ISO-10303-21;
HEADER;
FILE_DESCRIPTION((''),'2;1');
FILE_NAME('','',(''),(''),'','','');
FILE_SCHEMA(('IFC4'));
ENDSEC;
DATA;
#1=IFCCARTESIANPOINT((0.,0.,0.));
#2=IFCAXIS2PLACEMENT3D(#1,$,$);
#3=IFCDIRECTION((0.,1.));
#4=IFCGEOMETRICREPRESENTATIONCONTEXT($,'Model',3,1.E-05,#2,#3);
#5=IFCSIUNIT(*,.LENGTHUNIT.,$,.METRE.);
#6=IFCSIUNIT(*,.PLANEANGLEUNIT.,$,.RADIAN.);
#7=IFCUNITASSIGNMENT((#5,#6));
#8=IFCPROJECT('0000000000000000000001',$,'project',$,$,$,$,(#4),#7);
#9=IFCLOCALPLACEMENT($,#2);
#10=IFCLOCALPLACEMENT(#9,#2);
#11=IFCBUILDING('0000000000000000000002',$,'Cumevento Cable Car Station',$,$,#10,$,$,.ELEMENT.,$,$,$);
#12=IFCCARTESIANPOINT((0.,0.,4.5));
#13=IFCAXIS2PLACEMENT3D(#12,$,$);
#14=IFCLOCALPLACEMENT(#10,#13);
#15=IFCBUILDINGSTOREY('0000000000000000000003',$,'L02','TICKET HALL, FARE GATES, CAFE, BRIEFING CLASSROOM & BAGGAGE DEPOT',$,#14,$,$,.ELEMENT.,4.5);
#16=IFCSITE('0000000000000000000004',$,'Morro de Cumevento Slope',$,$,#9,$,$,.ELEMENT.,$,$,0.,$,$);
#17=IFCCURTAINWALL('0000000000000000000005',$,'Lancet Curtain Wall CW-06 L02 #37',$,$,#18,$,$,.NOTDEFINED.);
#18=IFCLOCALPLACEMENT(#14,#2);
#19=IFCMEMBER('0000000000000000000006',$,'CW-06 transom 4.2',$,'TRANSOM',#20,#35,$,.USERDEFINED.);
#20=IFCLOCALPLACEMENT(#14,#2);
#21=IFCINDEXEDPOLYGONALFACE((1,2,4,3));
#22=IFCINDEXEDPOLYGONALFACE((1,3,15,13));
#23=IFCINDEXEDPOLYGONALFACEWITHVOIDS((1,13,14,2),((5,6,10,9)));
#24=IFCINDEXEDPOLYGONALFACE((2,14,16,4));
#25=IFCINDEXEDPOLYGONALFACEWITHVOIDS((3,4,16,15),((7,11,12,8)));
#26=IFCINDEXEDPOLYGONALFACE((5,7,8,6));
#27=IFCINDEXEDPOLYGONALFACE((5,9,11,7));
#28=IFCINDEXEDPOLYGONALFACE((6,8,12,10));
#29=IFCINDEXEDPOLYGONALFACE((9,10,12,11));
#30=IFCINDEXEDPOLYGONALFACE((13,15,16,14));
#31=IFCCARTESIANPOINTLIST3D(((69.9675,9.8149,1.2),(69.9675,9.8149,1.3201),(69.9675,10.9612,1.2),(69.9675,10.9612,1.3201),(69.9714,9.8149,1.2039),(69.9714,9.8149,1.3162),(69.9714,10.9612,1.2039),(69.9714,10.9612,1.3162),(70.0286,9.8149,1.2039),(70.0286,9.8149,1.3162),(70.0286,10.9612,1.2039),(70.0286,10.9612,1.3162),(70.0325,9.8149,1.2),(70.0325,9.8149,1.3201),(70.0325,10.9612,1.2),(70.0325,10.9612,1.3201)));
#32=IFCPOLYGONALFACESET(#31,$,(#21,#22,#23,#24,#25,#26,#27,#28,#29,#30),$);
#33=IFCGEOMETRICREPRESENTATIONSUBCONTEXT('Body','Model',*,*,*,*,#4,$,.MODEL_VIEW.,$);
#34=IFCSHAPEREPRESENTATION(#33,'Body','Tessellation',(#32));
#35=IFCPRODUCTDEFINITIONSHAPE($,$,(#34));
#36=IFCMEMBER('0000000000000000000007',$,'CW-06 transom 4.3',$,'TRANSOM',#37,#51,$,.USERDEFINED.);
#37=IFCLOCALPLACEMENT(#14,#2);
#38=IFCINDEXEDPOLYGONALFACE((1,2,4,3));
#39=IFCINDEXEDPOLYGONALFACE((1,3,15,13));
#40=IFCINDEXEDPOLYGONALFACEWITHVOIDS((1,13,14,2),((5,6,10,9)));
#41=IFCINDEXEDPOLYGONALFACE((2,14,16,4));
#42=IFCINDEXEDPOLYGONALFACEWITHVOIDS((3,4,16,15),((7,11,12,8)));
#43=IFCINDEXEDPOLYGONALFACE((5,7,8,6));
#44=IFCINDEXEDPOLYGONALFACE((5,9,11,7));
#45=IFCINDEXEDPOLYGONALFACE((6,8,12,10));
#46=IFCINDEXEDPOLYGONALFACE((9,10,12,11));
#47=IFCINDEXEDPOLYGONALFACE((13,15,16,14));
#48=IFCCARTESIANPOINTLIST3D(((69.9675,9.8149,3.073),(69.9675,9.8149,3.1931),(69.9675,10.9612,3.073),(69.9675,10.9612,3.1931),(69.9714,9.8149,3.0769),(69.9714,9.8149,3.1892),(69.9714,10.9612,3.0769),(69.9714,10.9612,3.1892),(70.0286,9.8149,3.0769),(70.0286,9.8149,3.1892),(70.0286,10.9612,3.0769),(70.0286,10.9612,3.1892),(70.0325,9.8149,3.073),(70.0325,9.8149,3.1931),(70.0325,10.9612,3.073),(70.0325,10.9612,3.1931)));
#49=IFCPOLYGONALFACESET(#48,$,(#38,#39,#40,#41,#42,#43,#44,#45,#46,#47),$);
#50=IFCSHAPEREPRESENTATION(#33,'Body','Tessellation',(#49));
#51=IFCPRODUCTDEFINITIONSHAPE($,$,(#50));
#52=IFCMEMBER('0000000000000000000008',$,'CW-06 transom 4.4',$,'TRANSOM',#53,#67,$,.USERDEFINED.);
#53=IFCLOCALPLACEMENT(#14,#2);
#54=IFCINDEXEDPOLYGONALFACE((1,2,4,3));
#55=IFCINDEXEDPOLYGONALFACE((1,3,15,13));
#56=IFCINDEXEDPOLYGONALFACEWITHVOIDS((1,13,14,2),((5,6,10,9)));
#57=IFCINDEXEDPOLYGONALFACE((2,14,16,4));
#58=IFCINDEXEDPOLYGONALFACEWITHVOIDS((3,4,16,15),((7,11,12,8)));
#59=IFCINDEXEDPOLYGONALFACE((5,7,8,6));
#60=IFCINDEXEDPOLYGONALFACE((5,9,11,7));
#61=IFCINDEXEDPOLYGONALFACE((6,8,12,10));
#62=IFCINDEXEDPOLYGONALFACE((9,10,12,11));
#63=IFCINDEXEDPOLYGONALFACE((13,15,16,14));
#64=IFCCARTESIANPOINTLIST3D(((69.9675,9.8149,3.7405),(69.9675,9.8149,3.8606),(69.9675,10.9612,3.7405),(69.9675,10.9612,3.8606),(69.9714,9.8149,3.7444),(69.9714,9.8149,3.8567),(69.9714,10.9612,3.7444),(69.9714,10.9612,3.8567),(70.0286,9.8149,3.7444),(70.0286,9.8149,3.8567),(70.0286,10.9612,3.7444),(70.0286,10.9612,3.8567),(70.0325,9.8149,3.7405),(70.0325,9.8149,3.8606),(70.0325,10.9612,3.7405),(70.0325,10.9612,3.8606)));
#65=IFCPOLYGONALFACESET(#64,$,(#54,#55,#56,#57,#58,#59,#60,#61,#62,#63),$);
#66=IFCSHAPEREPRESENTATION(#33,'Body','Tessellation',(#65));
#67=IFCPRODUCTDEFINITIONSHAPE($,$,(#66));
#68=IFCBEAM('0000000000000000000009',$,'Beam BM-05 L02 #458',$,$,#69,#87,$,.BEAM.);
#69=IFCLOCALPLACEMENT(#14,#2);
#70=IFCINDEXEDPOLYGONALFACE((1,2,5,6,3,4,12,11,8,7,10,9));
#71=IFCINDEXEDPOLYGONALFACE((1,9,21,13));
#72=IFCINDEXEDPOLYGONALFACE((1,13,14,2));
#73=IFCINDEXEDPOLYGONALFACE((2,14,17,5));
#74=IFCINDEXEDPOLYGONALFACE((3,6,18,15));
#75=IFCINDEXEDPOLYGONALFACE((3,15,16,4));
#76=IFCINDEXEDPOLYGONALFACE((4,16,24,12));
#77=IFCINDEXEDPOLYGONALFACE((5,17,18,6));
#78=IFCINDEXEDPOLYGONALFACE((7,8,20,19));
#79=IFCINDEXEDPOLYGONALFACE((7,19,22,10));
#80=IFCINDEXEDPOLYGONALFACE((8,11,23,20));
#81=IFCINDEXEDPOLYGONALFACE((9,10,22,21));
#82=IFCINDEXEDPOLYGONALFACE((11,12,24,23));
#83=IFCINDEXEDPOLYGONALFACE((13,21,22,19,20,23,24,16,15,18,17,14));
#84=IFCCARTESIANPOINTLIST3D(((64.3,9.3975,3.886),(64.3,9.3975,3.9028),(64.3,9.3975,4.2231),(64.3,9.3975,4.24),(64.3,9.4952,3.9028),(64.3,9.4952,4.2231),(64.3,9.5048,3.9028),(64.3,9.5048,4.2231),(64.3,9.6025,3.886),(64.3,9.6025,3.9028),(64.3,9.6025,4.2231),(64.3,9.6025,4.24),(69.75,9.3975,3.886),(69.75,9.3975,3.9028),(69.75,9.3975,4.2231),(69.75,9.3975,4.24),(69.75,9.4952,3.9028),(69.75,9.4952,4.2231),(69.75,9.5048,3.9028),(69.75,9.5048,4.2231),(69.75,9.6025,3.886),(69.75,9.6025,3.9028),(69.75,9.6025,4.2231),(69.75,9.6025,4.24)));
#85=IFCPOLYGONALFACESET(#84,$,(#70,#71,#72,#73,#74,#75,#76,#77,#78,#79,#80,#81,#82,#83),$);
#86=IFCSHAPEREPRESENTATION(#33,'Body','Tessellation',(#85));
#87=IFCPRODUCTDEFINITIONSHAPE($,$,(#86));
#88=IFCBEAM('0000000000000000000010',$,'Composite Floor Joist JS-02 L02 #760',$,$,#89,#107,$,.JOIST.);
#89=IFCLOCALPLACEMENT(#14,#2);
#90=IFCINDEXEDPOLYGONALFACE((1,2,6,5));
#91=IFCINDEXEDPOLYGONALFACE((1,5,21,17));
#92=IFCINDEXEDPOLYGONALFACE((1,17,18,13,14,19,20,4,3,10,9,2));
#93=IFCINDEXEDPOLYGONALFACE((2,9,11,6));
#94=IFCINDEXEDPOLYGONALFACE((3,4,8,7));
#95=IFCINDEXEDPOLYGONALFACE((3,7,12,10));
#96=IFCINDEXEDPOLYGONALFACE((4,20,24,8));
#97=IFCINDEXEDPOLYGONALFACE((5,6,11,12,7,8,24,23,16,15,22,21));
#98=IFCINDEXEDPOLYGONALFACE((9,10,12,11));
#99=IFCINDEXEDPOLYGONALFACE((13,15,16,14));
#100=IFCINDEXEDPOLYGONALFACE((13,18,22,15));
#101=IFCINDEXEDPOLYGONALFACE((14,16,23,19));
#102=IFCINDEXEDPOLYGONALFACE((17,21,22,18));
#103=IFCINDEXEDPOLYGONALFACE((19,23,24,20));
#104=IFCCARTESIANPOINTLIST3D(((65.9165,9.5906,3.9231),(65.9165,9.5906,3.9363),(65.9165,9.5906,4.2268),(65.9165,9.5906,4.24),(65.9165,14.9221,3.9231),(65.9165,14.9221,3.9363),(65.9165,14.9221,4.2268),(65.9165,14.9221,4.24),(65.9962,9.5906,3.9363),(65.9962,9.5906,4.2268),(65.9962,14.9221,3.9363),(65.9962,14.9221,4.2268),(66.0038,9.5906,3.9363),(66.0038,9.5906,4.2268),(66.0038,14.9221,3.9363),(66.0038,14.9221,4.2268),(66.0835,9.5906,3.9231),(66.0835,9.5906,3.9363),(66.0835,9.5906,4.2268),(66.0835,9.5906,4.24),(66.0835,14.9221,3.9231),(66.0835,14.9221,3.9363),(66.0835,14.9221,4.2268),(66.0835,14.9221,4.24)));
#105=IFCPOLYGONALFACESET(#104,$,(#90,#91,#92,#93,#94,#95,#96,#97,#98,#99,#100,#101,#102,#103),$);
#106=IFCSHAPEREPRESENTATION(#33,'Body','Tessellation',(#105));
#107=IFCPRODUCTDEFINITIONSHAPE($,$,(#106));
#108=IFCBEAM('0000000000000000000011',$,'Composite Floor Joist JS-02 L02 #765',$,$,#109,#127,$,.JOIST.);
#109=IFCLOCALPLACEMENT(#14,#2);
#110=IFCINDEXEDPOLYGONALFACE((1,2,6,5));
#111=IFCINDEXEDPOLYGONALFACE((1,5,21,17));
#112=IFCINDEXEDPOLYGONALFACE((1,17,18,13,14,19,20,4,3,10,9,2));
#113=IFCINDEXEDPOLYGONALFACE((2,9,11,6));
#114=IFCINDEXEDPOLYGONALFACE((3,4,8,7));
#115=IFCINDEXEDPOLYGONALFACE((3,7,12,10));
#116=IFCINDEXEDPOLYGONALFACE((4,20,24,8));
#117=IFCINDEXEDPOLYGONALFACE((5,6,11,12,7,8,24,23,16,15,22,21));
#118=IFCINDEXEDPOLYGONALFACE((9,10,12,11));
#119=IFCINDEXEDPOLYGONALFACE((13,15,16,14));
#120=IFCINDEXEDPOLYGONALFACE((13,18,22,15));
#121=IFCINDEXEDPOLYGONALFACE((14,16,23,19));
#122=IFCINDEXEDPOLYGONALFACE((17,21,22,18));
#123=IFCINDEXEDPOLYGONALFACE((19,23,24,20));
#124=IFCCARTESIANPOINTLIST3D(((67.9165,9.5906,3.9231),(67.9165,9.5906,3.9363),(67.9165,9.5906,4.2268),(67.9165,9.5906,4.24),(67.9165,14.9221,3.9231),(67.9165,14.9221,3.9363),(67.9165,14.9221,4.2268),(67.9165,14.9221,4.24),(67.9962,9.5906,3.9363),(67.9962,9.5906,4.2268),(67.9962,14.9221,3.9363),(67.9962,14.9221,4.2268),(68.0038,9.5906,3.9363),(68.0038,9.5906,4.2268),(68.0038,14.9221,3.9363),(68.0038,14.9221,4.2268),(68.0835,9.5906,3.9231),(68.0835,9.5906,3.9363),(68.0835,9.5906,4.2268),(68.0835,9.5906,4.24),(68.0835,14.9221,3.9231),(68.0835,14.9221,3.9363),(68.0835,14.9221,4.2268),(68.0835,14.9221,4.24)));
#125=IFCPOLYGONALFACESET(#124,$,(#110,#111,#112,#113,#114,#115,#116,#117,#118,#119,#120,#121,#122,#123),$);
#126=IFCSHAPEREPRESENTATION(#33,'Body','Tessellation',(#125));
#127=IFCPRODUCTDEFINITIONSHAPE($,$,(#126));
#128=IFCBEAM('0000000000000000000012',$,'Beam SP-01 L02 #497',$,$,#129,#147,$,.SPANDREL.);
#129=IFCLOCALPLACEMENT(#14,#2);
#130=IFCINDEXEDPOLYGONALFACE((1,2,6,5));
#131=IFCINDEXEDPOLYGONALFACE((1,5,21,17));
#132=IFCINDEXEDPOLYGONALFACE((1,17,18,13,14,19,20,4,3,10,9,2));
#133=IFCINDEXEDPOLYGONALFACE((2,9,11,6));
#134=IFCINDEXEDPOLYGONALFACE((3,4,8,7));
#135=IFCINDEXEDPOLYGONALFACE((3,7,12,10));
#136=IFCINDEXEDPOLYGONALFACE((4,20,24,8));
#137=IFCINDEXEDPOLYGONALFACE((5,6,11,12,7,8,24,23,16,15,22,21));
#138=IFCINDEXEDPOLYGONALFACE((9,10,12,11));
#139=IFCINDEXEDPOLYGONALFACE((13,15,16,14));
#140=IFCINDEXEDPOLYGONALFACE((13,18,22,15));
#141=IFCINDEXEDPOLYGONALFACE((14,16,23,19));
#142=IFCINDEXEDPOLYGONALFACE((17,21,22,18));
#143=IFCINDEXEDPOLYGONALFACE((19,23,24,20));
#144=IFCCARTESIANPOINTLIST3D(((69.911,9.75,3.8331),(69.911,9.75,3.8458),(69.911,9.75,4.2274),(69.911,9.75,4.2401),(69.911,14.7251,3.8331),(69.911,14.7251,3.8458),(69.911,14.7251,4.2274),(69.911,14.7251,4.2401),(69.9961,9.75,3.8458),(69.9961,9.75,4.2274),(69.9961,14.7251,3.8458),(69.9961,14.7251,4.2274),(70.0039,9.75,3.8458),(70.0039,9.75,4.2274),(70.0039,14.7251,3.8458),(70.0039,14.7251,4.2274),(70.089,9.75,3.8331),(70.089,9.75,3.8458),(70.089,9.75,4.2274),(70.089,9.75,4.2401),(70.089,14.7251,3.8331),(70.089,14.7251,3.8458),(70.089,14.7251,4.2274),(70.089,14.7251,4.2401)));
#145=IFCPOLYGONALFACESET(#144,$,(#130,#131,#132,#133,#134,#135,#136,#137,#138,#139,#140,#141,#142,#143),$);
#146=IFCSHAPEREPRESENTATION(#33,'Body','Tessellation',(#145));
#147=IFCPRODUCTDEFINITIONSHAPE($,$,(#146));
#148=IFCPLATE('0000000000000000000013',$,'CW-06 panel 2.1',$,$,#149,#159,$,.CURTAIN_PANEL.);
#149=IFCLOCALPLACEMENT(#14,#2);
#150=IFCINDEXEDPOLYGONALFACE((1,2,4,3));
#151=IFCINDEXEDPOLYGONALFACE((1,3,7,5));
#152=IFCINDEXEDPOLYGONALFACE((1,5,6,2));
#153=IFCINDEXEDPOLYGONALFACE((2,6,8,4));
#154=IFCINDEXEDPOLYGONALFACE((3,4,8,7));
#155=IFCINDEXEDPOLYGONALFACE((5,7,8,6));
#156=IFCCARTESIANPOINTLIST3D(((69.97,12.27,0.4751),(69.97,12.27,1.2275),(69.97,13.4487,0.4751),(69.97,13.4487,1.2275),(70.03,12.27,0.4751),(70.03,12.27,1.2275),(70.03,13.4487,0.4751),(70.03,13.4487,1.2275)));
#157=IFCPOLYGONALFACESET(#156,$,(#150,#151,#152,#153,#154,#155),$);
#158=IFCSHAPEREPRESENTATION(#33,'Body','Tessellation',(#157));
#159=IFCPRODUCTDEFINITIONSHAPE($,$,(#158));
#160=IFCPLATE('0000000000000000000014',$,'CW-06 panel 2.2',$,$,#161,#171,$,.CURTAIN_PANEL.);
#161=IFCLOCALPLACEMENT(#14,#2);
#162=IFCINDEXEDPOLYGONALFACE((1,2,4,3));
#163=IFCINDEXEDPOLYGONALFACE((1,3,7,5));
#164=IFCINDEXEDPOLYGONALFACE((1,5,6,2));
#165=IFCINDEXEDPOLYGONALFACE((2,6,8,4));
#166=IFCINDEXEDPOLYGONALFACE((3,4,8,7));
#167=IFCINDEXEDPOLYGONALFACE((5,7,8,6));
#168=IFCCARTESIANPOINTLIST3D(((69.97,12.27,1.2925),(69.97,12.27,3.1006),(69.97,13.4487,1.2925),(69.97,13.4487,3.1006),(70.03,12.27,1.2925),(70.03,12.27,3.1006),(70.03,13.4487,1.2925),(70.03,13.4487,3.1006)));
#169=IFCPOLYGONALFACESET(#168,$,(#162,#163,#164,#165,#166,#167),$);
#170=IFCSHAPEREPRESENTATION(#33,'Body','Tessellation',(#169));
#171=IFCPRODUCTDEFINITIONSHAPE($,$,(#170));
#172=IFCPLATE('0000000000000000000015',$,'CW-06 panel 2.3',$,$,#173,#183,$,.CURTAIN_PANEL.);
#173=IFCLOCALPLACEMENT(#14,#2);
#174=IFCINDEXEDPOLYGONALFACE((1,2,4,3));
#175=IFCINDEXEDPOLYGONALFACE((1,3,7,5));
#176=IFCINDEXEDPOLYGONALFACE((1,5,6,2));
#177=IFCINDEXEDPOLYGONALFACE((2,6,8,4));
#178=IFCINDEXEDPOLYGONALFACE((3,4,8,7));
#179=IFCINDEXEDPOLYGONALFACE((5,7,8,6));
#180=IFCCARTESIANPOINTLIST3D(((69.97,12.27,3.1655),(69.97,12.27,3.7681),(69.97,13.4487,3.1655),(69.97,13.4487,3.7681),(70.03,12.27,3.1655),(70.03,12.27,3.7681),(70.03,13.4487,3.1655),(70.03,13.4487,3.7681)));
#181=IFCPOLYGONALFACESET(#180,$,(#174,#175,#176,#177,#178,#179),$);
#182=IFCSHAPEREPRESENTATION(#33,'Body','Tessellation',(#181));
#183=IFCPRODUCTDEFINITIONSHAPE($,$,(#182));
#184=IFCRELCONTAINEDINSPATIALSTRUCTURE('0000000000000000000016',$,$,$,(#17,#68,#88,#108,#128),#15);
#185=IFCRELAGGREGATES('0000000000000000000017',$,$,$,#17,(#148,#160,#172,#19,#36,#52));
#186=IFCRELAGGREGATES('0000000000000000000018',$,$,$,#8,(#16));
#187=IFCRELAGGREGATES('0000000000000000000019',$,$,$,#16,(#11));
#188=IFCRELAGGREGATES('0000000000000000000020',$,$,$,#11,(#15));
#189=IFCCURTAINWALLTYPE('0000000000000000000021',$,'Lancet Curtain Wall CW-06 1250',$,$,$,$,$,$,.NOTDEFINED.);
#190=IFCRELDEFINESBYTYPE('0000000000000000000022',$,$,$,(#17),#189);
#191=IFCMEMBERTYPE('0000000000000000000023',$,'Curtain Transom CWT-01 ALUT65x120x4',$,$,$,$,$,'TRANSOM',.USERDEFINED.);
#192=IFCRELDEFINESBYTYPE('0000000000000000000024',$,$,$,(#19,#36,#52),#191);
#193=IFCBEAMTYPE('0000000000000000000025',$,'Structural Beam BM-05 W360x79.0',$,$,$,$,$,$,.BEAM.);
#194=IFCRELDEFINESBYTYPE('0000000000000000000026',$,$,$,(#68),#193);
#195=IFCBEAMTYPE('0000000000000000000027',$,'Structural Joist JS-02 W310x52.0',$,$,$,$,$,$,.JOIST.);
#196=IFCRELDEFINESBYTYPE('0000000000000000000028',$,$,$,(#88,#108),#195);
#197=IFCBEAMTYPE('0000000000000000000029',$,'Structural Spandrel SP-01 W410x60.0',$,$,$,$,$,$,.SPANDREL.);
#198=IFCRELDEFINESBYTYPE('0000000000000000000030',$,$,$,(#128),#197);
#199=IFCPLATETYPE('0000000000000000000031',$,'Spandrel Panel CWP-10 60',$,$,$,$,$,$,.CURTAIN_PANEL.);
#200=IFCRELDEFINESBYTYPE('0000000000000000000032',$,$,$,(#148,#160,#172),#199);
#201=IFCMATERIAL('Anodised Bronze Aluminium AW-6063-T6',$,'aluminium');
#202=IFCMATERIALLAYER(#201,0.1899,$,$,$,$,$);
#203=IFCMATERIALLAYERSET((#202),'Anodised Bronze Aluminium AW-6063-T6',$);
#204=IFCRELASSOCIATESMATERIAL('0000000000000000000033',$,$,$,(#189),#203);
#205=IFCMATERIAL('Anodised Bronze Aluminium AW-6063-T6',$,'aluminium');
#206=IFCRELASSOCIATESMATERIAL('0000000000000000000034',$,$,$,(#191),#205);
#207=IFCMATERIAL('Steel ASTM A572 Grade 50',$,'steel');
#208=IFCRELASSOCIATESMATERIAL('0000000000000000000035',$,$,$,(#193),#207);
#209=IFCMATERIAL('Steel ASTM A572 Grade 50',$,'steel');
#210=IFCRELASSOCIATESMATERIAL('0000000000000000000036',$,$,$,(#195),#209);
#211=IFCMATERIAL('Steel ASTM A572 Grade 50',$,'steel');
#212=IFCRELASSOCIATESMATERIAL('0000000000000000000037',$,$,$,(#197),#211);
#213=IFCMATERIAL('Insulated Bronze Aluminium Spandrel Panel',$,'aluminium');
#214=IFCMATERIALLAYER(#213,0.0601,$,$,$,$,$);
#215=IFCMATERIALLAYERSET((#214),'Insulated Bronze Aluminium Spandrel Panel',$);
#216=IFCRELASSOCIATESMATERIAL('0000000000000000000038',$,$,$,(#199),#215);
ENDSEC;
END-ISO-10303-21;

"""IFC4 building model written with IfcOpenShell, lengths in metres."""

from ifc_helpers import new_model, si_unit, direction, frame, origin, origin_2d, place, context, subcontext, project, spatial, rectangle, hollow_rectangle, i_section, extrude, material, layer, layer_set, material_profile, profile_set, type_object, element, aggregate, save


model = new_model("IFC4")

# Units and contexts
model_context = context("Model", 3, precision=1e-05, world=origin(), true_north=direction((0.0, 1.0)))
body_context = subcontext(model_context, "Body", "Model", "MODEL_VIEW")
ifc_project = project(units=[si_unit("LENGTHUNIT", "METRE"), si_unit("PLANEANGLEUNIT", "RADIAN")], contexts=[model_context])

# Site, building, storey
site_placement = place(None, origin())
site = spatial("IfcSite", under=ifc_project, at=site_placement, Name="Morro de Cumevento Slope", CompositionType="ELEMENT", RefElevation=0.0)
building_placement = place(site_placement, origin())
building = spatial("IfcBuilding", under=site, at=building_placement, Name="Cumevento Cable Car Station", CompositionType="ELEMENT")
storey_placement = place(building_placement, frame((0.0, 0.0, 4.5)))
storey = spatial("IfcBuildingStorey", under=building, at=storey_placement, Name="L02", Description="TICKET HALL, FARE GATES, CAFE, BRIEFING CLASSROOM & BAGGAGE DEPOT", CompositionType="ELEMENT", Elevation=4.5)

# Curtain wall, members
ifc_material_1 = material(Name="Anodised Bronze Aluminium AW-6063-T6", Category="aluminium")
ifc_layer_1 = layer(ifc_material_1, 0.1899)
ifc_layer_set_1 = layer_set([ifc_layer_1], Name="Anodised Bronze Aluminium AW-6063-T6")
curtain_wall_type = type_object("IfcCurtainWallType", Name="Lancet Curtain Wall CW-06 1250", PredefinedType="NOTDEFINED", material=ifc_layer_set_1)
curtain_wall_placement = place(storey_placement, origin())
curtain_wall = element("IfcCurtainWall", 1, at=curtain_wall_placement, inside=storey, type_object=curtain_wall_type, Name="Lancet Curtain Wall CW-06 L02 #37", PredefinedType="NOTDEFINED")
ifc_material_2 = material(Name="Anodised Bronze Aluminium AW-6063-T6", Category="aluminium")
ifc_material_profile_1 = material_profile(ifc_material_2, hollow_rectangle(XDim=0.0649, YDim=0.1201, WallThickness=0.0039, at=origin_2d()), Name="ALUT65x120x4")
ifc_profile_set_1 = profile_set([ifc_material_profile_1], Name="Anodised Bronze Aluminium AW-6063-T6")
member_type_1 = type_object("IfcMemberType", Name="Curtain Transom CWT-01 ALUT65x120x4", ElementType="TRANSOM", PredefinedType="USERDEFINED", material=ifc_profile_set_1)
member_1_placement = place(storey_placement, frame((70.0, 10.9612, 1.26), z_axis=(0.0, -1.0, 0.0), x_axis=(1.0, 0.0, 0.0)))
member_1 = element("IfcMember", 2, at=member_1_placement, type_object=member_type_1, Name="CW-06 transom 4.2", ObjectType="TRANSOM", PredefinedType="USERDEFINED", context=body_context, shape_type="SweptSolid", body=[
    extrude(hollow_rectangle(XDim=0.0649, YDim=0.1201, WallThickness=0.0039, at=origin_2d()), origin(), (0.0, 0.0, 1.0), 1.1462),
])
member_2_placement = place(storey_placement, frame((70.0, 10.9612, 3.1331), z_axis=(0.0, -1.0, 0.0), x_axis=(1.0, 0.0, 0.0)))
member_2 = element("IfcMember", 3, at=member_2_placement, type_object=member_type_1, Name="CW-06 transom 4.3", ObjectType="TRANSOM", PredefinedType="USERDEFINED", context=body_context, shape_type="SweptSolid", body=[
    extrude(hollow_rectangle(XDim=0.0649, YDim=0.1201, WallThickness=0.0039, at=origin_2d()), origin(), (0.0, 0.0, 1.0), 1.1462),
])
member_3_placement = place(storey_placement, frame((70.0, 10.9612, 3.8005), z_axis=(0.0, -1.0, 0.0), x_axis=(1.0, 0.0, 0.0)))
member_3 = element("IfcMember", 4, at=member_3_placement, type_object=member_type_1, Name="CW-06 transom 4.4", ObjectType="TRANSOM", PredefinedType="USERDEFINED", context=body_context, shape_type="SweptSolid", body=[
    extrude(hollow_rectangle(XDim=0.0649, YDim=0.1201, WallThickness=0.0039, at=origin_2d()), origin(), (0.0, 0.0, 1.0), 1.1462),
])

# Beams
ifc_material_3 = material(Name="Steel ASTM A572 Grade 50", Category="steel")
ifc_material_profile_2 = material_profile(ifc_material_3, i_section(OverallWidth=0.2051, OverallDepth=0.354, WebThickness=0.0095, FlangeThickness=0.0168, at=origin_2d()), Name="W360x79.0")
ifc_profile_set_2 = profile_set([ifc_material_profile_2], Name="Steel ASTM A572 Grade 50")
beam_type_1 = type_object("IfcBeamType", Name="Structural Beam BM-05 W360x79.0", PredefinedType="BEAM", material=ifc_profile_set_2)
beam_1_placement = place(storey_placement, frame((64.3, 9.5, 4.063), z_axis=(1.0, 0.0, 0.0), x_axis=(0.0, 1.0, 0.0)))
element("IfcBeam", 5, at=beam_1_placement, inside=storey, type_object=beam_type_1, Name="Beam BM-05 L02 #458", PredefinedType="BEAM", context=body_context, shape_type="SweptSolid", body=[
    extrude(i_section(OverallWidth=0.2051, OverallDepth=0.354, WebThickness=0.0095, FlangeThickness=0.0168, at=origin_2d()), origin(), (0.0, 0.0, 1.0), 5.45),
])
ifc_material_4 = material(Name="Steel ASTM A572 Grade 50", Category="steel")
ifc_material_profile_3 = material_profile(ifc_material_4, i_section(OverallWidth=0.167, OverallDepth=0.3169, WebThickness=0.0076, FlangeThickness=0.0132, at=origin_2d()), Name="W310x52.0")
ifc_profile_set_3 = profile_set([ifc_material_profile_3], Name="Steel ASTM A572 Grade 50")
beam_type_2 = type_object("IfcBeamType", Name="Structural Joist JS-02 W310x52.0", PredefinedType="JOIST", material=ifc_profile_set_3)
for number, where, z_axis, x_axis, name in (
    (6, (66.0, 9.5906, 4.0815), (0.0, 1.0, 0.0), (-1.0, 0.0, 0.0), "Composite Floor Joist JS-02 L02 #760"),
    (7, (68.0, 9.5906, 4.0815), (0.0, 1.0, 0.0), (-1.0, 0.0, 0.0), "Composite Floor Joist JS-02 L02 #765"),
):
    element("IfcBeam", number, at=place(storey_placement, frame(where, z_axis=z_axis, x_axis=x_axis)), inside=storey, type_object=beam_type_2, Name=name, PredefinedType="JOIST", context=body_context, shape_type="SweptSolid", body=[
        extrude(i_section(OverallWidth=0.167, OverallDepth=0.3169, WebThickness=0.0076, FlangeThickness=0.0132, at=origin_2d()), origin(), (0.0, 0.0, 1.0), 5.3315),
    ])
ifc_material_5 = material(Name="Steel ASTM A572 Grade 50", Category="steel")
ifc_material_profile_4 = material_profile(ifc_material_5, i_section(OverallWidth=0.178, OverallDepth=0.407, WebThickness=0.0078, FlangeThickness=0.0127, at=origin_2d()), Name="W410x60.0")
ifc_profile_set_4 = profile_set([ifc_material_profile_4], Name="Steel ASTM A572 Grade 50")
beam_type_3 = type_object("IfcBeamType", Name="Structural Spandrel SP-01 W410x60.0", PredefinedType="SPANDREL", material=ifc_profile_set_4)
beam_2_placement = place(storey_placement, frame((70.0, 9.75, 4.0366), z_axis=(0.0, 1.0, 0.0), x_axis=(-1.0, 0.0, 0.0)))
element("IfcBeam", 8, at=beam_2_placement, inside=storey, type_object=beam_type_3, Name="Beam SP-01 L02 #497", PredefinedType="SPANDREL", context=body_context, shape_type="SweptSolid", body=[
    extrude(i_section(OverallWidth=0.178, OverallDepth=0.407, WebThickness=0.0078, FlangeThickness=0.0127, at=origin_2d()), origin(), (0.0, 0.0, 1.0), 4.9751),
])

# Plates
ifc_material_6 = material(Name="Insulated Bronze Aluminium Spandrel Panel", Category="aluminium")
ifc_layer_2 = layer(ifc_material_6, 0.0601)
ifc_layer_set_2 = layer_set([ifc_layer_2], Name="Insulated Bronze Aluminium Spandrel Panel")
plate_type = type_object("IfcPlateType", Name="Spandrel Panel CWP-10 60", PredefinedType="CURTAIN_PANEL", material=ifc_layer_set_2)
plate_1_placement = place(storey_placement, frame((70.0, 12.8594, 0.4751), z_axis=(0.0, 0.0, 1.0), x_axis=(0.0, -1.0, 0.0)))
plate_1 = element("IfcPlate", 9, at=plate_1_placement, type_object=plate_type, Name="CW-06 panel 2.1", PredefinedType="CURTAIN_PANEL", context=body_context, shape_type="SweptSolid", body=[
    extrude(rectangle(XDim=1.1787, YDim=0.0601, at=origin_2d()), origin(), (0.0, 0.0, 1.0), 0.7524),
])
plate_2_placement = place(storey_placement, frame((70.0, 12.8594, 1.2925), z_axis=(0.0, 0.0, 1.0), x_axis=(0.0, -1.0, 0.0)))
plate_2 = element("IfcPlate", 10, at=plate_2_placement, type_object=plate_type, Name="CW-06 panel 2.2", PredefinedType="CURTAIN_PANEL", context=body_context, shape_type="SweptSolid", body=[
    extrude(rectangle(XDim=1.1787, YDim=0.0601, at=origin_2d()), origin(), (0.0, 0.0, 1.0), 1.8081),
])
plate_3_placement = place(storey_placement, frame((70.0, 12.8594, 3.1655), z_axis=(0.0, 0.0, 1.0), x_axis=(0.0, -1.0, 0.0)))
plate_3 = element("IfcPlate", 11, at=plate_3_placement, type_object=plate_type, Name="CW-06 panel 2.3", PredefinedType="CURTAIN_PANEL", context=body_context, shape_type="SweptSolid", body=[
    extrude(rectangle(XDim=1.1787, YDim=0.0601, at=origin_2d()), origin(), (0.0, 0.0, 1.0), 0.6025),
])
aggregate(curtain_wall, [plate_1, plate_2, plate_3, member_1, member_2, member_3])

save(model, "model.ifc")
